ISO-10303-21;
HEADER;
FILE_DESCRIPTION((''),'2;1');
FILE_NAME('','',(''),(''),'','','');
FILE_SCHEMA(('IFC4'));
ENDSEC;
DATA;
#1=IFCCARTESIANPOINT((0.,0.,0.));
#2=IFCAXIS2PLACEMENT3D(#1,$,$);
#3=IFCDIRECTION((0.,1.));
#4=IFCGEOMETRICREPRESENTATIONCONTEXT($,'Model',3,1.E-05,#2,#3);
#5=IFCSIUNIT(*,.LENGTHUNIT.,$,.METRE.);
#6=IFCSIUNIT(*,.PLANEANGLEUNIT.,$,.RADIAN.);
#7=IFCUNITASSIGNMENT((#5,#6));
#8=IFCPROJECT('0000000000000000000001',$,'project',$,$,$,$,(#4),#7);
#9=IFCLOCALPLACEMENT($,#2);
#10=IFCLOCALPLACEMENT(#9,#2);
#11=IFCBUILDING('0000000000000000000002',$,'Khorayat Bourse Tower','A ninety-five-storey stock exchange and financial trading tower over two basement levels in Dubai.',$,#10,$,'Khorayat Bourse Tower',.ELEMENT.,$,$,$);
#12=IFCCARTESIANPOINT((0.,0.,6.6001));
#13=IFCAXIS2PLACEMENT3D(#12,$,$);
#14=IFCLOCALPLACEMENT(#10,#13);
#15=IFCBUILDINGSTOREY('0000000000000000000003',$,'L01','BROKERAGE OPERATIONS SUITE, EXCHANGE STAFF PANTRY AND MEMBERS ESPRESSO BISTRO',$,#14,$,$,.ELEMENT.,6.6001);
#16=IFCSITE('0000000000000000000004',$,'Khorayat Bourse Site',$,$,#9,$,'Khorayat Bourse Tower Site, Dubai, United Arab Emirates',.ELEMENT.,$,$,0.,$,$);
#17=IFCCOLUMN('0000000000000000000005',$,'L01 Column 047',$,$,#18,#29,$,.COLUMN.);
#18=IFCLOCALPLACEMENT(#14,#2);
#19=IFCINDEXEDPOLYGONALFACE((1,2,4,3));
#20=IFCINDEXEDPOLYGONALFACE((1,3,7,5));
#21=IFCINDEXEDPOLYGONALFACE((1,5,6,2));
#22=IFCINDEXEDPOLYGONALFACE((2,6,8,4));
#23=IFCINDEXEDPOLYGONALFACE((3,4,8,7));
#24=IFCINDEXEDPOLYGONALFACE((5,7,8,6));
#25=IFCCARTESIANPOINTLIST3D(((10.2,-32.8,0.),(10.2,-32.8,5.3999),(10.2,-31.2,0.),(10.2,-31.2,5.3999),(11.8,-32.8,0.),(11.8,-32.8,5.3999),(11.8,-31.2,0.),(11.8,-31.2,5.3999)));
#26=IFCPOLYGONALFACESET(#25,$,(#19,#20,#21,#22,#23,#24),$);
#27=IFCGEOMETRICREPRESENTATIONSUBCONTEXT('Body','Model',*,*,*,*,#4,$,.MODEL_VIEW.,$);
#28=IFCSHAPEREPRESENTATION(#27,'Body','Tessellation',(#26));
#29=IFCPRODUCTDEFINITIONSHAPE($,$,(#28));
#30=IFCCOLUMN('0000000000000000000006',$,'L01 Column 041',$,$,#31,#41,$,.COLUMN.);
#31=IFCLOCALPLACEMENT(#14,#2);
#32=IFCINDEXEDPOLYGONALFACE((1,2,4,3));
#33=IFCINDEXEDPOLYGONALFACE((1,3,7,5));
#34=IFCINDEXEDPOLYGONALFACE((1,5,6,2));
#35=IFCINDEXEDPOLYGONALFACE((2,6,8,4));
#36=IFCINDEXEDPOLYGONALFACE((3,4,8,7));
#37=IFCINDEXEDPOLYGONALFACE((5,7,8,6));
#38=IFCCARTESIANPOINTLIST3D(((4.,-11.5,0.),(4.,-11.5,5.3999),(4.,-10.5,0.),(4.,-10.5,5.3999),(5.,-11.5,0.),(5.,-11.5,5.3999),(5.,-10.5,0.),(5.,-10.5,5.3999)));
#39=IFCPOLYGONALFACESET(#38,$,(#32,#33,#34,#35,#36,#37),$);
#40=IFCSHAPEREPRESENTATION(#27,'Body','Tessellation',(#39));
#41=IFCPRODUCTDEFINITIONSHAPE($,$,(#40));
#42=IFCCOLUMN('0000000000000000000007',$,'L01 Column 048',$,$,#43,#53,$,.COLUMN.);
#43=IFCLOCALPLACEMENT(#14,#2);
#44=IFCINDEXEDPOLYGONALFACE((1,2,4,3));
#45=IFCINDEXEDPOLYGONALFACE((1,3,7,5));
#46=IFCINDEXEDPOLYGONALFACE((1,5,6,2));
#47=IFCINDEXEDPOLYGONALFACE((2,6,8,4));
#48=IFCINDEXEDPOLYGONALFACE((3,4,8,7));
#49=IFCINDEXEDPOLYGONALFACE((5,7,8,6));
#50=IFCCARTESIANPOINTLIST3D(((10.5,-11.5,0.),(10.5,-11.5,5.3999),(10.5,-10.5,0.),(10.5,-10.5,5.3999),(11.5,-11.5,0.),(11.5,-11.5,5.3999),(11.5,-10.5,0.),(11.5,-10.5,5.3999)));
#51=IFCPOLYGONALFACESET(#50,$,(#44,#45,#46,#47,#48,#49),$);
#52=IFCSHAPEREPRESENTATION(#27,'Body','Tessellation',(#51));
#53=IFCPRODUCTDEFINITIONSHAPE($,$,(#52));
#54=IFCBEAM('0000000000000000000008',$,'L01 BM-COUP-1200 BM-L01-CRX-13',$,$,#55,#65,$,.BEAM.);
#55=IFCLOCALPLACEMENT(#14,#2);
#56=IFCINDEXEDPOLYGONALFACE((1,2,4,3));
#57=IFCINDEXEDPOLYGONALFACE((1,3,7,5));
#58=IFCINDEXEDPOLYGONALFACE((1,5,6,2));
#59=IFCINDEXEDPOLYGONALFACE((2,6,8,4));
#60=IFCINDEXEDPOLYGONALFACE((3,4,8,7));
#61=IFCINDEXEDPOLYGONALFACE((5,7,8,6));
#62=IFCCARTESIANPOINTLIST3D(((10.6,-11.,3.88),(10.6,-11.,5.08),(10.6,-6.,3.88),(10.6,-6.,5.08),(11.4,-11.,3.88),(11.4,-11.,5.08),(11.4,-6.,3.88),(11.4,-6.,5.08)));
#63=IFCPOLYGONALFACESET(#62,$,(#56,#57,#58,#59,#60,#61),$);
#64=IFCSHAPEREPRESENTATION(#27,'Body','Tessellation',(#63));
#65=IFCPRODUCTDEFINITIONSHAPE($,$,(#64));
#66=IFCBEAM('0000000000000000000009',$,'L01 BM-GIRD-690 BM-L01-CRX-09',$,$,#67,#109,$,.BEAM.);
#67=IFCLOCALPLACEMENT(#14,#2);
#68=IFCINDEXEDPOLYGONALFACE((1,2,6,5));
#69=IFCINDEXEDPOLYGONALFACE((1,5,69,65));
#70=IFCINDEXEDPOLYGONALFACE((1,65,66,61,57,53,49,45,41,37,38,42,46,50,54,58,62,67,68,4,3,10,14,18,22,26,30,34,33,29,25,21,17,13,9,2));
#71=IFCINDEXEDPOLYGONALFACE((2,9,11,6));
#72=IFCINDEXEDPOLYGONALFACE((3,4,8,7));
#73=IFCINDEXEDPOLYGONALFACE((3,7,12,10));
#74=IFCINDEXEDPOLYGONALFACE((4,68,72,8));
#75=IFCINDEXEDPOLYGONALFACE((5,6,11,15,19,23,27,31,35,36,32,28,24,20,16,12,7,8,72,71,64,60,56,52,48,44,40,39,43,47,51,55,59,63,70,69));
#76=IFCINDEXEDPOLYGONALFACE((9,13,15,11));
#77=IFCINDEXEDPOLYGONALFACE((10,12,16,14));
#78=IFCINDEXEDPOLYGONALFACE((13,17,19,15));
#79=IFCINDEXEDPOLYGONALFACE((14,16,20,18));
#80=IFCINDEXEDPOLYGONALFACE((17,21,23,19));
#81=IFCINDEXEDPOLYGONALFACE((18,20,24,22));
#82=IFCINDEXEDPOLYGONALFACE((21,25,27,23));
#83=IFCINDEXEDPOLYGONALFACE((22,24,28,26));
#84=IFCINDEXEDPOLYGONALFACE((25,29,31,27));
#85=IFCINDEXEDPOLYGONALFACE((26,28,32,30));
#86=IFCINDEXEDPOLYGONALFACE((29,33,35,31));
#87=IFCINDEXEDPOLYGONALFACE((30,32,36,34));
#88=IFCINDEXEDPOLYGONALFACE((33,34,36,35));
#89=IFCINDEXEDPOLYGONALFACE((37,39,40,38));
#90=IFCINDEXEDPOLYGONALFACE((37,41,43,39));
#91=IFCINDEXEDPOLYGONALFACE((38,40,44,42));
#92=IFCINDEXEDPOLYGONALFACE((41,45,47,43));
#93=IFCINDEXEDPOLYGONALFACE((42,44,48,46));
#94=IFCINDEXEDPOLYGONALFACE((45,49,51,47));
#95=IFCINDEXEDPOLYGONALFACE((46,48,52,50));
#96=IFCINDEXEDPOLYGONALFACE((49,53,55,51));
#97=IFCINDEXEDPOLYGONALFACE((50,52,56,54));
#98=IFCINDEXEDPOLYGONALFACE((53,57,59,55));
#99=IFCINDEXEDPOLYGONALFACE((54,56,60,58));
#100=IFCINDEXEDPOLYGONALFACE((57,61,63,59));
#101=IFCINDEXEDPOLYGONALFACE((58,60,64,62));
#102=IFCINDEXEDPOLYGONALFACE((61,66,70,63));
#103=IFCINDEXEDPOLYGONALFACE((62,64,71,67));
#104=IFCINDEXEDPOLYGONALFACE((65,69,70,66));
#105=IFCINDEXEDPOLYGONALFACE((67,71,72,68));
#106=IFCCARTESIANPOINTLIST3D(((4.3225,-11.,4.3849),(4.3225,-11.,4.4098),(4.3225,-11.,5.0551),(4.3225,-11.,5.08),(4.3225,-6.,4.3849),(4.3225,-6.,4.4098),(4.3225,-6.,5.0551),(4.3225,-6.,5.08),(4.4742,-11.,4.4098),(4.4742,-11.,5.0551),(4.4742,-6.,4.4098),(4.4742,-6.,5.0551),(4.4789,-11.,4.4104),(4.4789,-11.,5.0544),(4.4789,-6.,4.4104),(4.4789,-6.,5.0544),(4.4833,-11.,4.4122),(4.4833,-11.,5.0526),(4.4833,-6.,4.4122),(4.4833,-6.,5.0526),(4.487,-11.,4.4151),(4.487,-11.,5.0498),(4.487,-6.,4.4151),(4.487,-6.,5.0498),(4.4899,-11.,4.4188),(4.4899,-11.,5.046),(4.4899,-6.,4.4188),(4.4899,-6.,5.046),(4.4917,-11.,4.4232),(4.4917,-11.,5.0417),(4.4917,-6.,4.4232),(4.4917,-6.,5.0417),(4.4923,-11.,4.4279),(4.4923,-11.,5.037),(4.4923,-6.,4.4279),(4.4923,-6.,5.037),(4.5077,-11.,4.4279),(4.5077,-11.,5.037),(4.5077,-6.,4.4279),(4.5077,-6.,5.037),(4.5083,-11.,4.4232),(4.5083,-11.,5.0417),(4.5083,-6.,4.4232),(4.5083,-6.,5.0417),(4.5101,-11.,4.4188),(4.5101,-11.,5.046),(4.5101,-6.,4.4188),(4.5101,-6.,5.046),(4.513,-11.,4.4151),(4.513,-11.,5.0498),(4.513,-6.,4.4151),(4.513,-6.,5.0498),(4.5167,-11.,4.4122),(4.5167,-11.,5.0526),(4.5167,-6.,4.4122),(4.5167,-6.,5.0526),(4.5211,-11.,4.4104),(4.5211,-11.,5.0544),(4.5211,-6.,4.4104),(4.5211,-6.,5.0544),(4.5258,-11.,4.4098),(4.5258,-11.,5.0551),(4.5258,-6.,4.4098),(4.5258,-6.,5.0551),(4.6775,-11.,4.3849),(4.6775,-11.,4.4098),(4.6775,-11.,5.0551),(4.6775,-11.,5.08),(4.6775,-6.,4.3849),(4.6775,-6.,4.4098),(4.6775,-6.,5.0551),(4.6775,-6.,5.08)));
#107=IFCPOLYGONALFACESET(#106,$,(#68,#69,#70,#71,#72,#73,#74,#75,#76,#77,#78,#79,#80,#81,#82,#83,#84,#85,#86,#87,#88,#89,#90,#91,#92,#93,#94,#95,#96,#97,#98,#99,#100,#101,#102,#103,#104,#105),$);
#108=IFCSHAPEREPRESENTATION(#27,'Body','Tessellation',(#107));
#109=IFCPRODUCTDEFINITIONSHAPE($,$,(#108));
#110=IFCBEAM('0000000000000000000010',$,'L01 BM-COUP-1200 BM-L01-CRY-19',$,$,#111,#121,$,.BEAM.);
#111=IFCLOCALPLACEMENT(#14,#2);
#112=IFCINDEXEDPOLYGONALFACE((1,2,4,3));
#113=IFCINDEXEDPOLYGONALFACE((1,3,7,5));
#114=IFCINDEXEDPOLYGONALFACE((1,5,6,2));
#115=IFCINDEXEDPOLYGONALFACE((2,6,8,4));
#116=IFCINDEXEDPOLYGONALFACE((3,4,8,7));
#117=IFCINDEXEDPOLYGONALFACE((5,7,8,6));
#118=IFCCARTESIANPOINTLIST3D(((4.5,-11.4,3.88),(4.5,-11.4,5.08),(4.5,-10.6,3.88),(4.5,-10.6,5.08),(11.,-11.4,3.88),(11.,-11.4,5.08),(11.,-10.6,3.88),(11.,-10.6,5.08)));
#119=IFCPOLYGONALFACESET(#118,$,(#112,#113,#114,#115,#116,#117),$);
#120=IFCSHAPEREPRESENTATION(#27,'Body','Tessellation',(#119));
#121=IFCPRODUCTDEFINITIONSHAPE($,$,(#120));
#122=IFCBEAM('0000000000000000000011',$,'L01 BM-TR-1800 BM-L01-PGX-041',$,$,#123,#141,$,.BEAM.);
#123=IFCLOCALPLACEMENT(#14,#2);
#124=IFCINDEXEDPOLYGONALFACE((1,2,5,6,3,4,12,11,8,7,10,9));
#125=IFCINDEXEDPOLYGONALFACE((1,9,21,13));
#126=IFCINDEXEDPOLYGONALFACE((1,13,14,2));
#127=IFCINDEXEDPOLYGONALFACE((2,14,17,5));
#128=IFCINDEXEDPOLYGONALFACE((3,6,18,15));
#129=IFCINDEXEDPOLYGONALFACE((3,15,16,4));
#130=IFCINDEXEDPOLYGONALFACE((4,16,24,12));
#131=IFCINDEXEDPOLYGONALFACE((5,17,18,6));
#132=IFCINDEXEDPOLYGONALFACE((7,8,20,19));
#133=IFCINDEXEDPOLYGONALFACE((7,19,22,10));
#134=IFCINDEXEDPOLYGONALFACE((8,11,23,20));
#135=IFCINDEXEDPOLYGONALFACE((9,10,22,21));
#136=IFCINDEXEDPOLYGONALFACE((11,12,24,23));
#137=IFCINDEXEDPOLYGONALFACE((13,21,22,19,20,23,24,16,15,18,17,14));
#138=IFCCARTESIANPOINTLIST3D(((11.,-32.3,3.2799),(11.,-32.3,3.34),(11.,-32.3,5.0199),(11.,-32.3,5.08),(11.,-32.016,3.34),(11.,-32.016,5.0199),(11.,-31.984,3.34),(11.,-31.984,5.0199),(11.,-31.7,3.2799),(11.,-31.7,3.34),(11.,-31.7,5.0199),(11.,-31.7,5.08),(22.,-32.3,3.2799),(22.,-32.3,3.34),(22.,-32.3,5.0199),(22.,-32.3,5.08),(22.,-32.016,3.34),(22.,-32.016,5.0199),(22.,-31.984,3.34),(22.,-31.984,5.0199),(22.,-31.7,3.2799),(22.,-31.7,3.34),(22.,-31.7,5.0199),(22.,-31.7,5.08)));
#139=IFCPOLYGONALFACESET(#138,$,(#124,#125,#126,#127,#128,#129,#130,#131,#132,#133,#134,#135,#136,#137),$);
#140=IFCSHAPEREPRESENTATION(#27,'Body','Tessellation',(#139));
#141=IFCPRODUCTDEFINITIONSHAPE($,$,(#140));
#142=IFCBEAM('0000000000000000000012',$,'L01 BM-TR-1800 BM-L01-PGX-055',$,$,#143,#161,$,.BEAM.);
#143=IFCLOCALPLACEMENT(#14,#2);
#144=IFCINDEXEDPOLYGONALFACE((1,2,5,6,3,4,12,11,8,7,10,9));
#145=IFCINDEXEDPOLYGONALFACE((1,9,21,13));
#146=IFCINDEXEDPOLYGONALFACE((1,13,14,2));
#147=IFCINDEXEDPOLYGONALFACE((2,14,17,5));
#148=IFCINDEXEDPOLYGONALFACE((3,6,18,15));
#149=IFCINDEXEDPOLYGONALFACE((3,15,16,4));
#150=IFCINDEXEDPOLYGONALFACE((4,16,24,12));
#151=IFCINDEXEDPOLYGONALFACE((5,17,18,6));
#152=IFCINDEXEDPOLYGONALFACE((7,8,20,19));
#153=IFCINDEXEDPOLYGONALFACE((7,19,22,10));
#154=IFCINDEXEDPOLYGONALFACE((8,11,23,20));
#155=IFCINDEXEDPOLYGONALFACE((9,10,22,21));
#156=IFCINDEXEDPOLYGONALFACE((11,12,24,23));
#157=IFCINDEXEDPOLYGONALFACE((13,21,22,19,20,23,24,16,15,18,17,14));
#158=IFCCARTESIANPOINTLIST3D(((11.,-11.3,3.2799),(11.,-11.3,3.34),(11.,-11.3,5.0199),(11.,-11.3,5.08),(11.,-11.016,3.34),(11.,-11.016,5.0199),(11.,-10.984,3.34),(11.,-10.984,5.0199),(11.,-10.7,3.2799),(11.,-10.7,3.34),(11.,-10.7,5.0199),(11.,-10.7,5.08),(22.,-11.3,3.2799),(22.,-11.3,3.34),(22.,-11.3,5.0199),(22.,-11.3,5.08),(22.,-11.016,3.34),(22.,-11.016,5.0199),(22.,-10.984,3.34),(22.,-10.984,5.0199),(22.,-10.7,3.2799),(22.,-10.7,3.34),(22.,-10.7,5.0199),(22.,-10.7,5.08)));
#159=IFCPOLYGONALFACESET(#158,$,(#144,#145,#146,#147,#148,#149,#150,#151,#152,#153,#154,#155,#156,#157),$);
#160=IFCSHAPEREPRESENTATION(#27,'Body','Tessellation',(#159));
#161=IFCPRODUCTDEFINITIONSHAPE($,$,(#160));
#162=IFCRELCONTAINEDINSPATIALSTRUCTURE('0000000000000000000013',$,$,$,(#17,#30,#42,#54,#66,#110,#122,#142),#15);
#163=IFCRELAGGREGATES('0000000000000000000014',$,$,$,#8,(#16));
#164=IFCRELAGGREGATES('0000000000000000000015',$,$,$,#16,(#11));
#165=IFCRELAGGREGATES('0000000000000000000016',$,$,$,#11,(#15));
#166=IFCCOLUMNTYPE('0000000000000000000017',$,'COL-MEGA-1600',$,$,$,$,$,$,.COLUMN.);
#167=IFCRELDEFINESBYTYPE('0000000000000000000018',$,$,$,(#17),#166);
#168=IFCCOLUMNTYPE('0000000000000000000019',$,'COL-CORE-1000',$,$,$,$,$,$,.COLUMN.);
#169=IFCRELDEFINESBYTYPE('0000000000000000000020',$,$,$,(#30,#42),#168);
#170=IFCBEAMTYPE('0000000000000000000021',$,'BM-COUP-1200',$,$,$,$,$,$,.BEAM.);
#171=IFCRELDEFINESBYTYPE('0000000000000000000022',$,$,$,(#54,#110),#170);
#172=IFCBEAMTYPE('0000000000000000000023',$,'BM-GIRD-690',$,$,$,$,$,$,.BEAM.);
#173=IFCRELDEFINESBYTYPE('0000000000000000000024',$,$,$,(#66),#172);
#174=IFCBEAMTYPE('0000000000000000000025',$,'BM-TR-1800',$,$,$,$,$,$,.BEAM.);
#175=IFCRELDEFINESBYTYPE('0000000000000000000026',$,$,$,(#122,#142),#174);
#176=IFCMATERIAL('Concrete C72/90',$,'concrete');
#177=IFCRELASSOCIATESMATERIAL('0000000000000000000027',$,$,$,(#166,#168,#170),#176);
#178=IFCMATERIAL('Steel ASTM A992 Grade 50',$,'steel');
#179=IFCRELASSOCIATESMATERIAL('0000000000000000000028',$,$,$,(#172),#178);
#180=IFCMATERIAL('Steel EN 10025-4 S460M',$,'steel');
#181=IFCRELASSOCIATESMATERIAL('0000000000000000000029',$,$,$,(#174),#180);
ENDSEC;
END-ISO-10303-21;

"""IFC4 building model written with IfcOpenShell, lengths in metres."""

from ifc_helpers import new_model, si_unit, direction, frame, origin, origin_2d, place, context, subcontext, project, spatial, rectangle, i_section, extrude, source, transform, mapped, material, material_profile, profile_set, type_object, element, save


model = new_model("IFC4")

# Units and contexts
model_context = context("Model", 3, precision=1e-05, world=origin(), true_north=direction((0.0, 1.0)))
body_context = subcontext(model_context, "Body", "Model", "MODEL_VIEW")
ifc_project = project(units=[si_unit("LENGTHUNIT", "METRE"), si_unit("PLANEANGLEUNIT", "RADIAN")], contexts=[model_context])

# Site, building, storey
site_placement = place(None, origin())
site = spatial("IfcSite", under=ifc_project, at=site_placement, Name="Khorayat Bourse Site", LongName="Khorayat Bourse Tower Site, Dubai, United Arab Emirates", CompositionType="ELEMENT", RefElevation=0.0)
building_placement = place(site_placement, origin())
building = spatial("IfcBuilding", under=site, at=building_placement, Name="Khorayat Bourse Tower", Description="A ninety-five-storey stock exchange and financial trading tower over two basement levels in Dubai.", LongName="Khorayat Bourse Tower", CompositionType="ELEMENT")
storey_placement = place(building_placement, frame((0.0, 0.0, 6.6001)))
storey = spatial("IfcBuildingStorey", under=building, at=storey_placement, Name="L01", Description="BROKERAGE OPERATIONS SUITE, EXCHANGE STAFF PANTRY AND MEMBERS ESPRESSO BISTRO", CompositionType="ELEMENT", Elevation=6.6001)

# Columns
ifc_material_1 = material(Name="Concrete C72/90", Category="concrete")
ifc_material_profile_1 = material_profile(ifc_material_1, rectangle(XDim=1.6001, YDim=1.6001, at=origin_2d()), Name="RC 1600x1600")
ifc_profile_set_1 = profile_set([ifc_material_profile_1], Name="Concrete C72/90")
column_type_1 = type_object("IfcColumnType", Name="COL-MEGA-1600", PredefinedType="COLUMN", material=ifc_profile_set_1)
shared_shape_1 = source(origin(), body_context, "Body", "SweptSolid", [
    extrude(rectangle(XDim=1.6001, YDim=1.6001, at=origin_2d()), origin(), (0.0, 0.0, 1.0), 5.3999),
])
column_placement = place(storey_placement, frame((11.0, -32.0, 0.0), z_axis=(0.0, 0.0, 1.0), x_axis=(1.0, 0.0, 0.0)))
element("IfcColumn", 1, at=column_placement, inside=storey, type_object=column_type_1, Name="L01 Column 047", PredefinedType="COLUMN", context=body_context, shape_type="MappedRepresentation", body=[
    mapped(shared_shape_1, transform((0.0, 0.0, 0.0), scale=1.0)),
])
ifc_material_profile_2 = material_profile(ifc_material_1, rectangle(XDim=1.0, YDim=1.0, at=origin_2d()), Name="RC 1000x1000")
ifc_profile_set_2 = profile_set([ifc_material_profile_2], Name="Concrete C72/90")
column_type_2 = type_object("IfcColumnType", Name="COL-CORE-1000", PredefinedType="COLUMN", material=ifc_profile_set_2)
shared_shape_2 = source(origin(), body_context, "Body", "SweptSolid", [
    extrude(rectangle(XDim=1.0, YDim=1.0, at=origin_2d()), origin(), (0.0, 0.0, 1.0), 5.3999),
])
for number, where, z_axis, x_axis, name in (
    (2, (4.5, -11.0, 0.0), (0.0, 0.0, 1.0), (1.0, 0.0, 0.0), "L01 Column 041"),
    (3, (11.0, -11.0, 0.0), (0.0, 0.0, 1.0), (1.0, 0.0, 0.0), "L01 Column 048"),
):
    element("IfcColumn", number, at=place(storey_placement, frame(where, z_axis=z_axis, x_axis=x_axis)), inside=storey, type_object=column_type_2, Name=name, PredefinedType="COLUMN", context=body_context, shape_type="MappedRepresentation", body=[
        mapped(shared_shape_2, transform((0.0, 0.0, 0.0), scale=1.0)),
    ])

# Beams
ifc_material_profile_3 = material_profile(ifc_material_1, rectangle(XDim=0.8, YDim=1.2, at=origin_2d()), Name="RC 800x1200")
ifc_profile_set_3 = profile_set([ifc_material_profile_3], Name="Concrete C72/90")
beam_type_1 = type_object("IfcBeamType", Name="BM-COUP-1200", PredefinedType="BEAM", material=ifc_profile_set_3)
shared_shape_3 = source(origin(), body_context, "Body", "SweptSolid", [
    extrude(rectangle(XDim=0.8, YDim=1.2, at=origin_2d()), origin(), (0.0, 0.0, 1.0), 5.0),
])
beam_1_placement = place(storey_placement, frame((11.0, -11.0, 4.48), z_axis=(0.0, 1.0, 0.0), x_axis=(-1.0, 0.0, 0.0)))
element("IfcBeam", 4, at=beam_1_placement, inside=storey, type_object=beam_type_1, Name="L01 BM-COUP-1200 BM-L01-CRX-13", PredefinedType="BEAM", context=body_context, shape_type="MappedRepresentation", body=[
    mapped(shared_shape_3, transform((0.0, 0.0, 0.0), scale=1.0)),
])
ifc_material_2 = material(Name="Steel ASTM A992 Grade 50", Category="steel")
ifc_material_profile_4 = material_profile(ifc_material_2, i_section(OverallWidth=0.355, OverallDepth=0.6951, WebThickness=0.0154, FlangeThickness=0.0249, FilletRadius=0.0181, at=origin_2d()), Name="W690X217")
ifc_profile_set_4 = profile_set([ifc_material_profile_4], Name="Steel ASTM A992 Grade 50")
beam_type_2 = type_object("IfcBeamType", Name="BM-GIRD-690", PredefinedType="BEAM", material=ifc_profile_set_4)
shared_shape_4 = source(origin(), body_context, "Body", "SweptSolid", [
    extrude(i_section(OverallWidth=0.355, OverallDepth=0.6951, WebThickness=0.0154, FlangeThickness=0.0249, FilletRadius=0.0181, at=origin_2d()), origin(), (0.0, 0.0, 1.0), 5.0),
])
beam_2_placement = place(storey_placement, frame((4.5, -11.0, 4.7324), z_axis=(0.0, 1.0, 0.0), x_axis=(-1.0, 0.0, 0.0)))
element("IfcBeam", 5, at=beam_2_placement, inside=storey, type_object=beam_type_2, Name="L01 BM-GIRD-690 BM-L01-CRX-09", PredefinedType="BEAM", context=body_context, shape_type="MappedRepresentation", body=[
    mapped(shared_shape_4, transform((0.0, 0.0, 0.0), scale=1.0)),
])
shared_shape_5 = source(origin(), body_context, "Body", "SweptSolid", [
    extrude(rectangle(XDim=0.8, YDim=1.2, at=origin_2d()), origin(), (0.0, 0.0, 1.0), 6.5),
])
beam_3_placement = place(storey_placement, frame((4.5, -11.0, 4.48), z_axis=(1.0, 0.0, 0.0), x_axis=(0.0, 1.0, 0.0)))
element("IfcBeam", 6, at=beam_3_placement, inside=storey, type_object=beam_type_1, Name="L01 BM-COUP-1200 BM-L01-CRY-19", PredefinedType="BEAM", context=body_context, shape_type="MappedRepresentation", body=[
    mapped(shared_shape_5, transform((0.0, 0.0, 0.0), scale=1.0)),
])
ifc_material_3 = material(Name="Steel EN 10025-4 S460M", Category="steel")
ifc_material_profile_5 = material_profile(ifc_material_3, i_section(OverallWidth=0.6001, OverallDepth=1.8, WebThickness=0.032, FlangeThickness=0.0601, at=origin_2d()), Name="PG 1800x600x32x60")
ifc_profile_set_5 = profile_set([ifc_material_profile_5], Name="Steel EN 10025-4 S460M")
beam_type_3 = type_object("IfcBeamType", Name="BM-TR-1800", PredefinedType="BEAM", material=ifc_profile_set_5)
shared_shape_6 = source(origin(), body_context, "Body", "SweptSolid", [
    extrude(i_section(OverallWidth=0.6001, OverallDepth=1.8, WebThickness=0.032, FlangeThickness=0.0601, at=origin_2d()), origin(), (0.0, 0.0, 1.0), 11.0),
])
for number, where, z_axis, x_axis, name in (
    (7, (11.0, -32.0, 4.1799), (1.0, 0.0, 0.0), (0.0, 1.0, 0.0), "L01 BM-TR-1800 BM-L01-PGX-041"),
    (8, (11.0, -11.0, 4.1799), (1.0, 0.0, 0.0), (0.0, 1.0, 0.0), "L01 BM-TR-1800 BM-L01-PGX-055"),
):
    element("IfcBeam", number, at=place(storey_placement, frame(where, z_axis=z_axis, x_axis=x_axis)), inside=storey, type_object=beam_type_3, Name=name, PredefinedType="BEAM", context=body_context, shape_type="MappedRepresentation", body=[
        mapped(shared_shape_6, transform((0.0, 0.0, 0.0), scale=1.0)),
    ])

save(model, "model.ifc")
